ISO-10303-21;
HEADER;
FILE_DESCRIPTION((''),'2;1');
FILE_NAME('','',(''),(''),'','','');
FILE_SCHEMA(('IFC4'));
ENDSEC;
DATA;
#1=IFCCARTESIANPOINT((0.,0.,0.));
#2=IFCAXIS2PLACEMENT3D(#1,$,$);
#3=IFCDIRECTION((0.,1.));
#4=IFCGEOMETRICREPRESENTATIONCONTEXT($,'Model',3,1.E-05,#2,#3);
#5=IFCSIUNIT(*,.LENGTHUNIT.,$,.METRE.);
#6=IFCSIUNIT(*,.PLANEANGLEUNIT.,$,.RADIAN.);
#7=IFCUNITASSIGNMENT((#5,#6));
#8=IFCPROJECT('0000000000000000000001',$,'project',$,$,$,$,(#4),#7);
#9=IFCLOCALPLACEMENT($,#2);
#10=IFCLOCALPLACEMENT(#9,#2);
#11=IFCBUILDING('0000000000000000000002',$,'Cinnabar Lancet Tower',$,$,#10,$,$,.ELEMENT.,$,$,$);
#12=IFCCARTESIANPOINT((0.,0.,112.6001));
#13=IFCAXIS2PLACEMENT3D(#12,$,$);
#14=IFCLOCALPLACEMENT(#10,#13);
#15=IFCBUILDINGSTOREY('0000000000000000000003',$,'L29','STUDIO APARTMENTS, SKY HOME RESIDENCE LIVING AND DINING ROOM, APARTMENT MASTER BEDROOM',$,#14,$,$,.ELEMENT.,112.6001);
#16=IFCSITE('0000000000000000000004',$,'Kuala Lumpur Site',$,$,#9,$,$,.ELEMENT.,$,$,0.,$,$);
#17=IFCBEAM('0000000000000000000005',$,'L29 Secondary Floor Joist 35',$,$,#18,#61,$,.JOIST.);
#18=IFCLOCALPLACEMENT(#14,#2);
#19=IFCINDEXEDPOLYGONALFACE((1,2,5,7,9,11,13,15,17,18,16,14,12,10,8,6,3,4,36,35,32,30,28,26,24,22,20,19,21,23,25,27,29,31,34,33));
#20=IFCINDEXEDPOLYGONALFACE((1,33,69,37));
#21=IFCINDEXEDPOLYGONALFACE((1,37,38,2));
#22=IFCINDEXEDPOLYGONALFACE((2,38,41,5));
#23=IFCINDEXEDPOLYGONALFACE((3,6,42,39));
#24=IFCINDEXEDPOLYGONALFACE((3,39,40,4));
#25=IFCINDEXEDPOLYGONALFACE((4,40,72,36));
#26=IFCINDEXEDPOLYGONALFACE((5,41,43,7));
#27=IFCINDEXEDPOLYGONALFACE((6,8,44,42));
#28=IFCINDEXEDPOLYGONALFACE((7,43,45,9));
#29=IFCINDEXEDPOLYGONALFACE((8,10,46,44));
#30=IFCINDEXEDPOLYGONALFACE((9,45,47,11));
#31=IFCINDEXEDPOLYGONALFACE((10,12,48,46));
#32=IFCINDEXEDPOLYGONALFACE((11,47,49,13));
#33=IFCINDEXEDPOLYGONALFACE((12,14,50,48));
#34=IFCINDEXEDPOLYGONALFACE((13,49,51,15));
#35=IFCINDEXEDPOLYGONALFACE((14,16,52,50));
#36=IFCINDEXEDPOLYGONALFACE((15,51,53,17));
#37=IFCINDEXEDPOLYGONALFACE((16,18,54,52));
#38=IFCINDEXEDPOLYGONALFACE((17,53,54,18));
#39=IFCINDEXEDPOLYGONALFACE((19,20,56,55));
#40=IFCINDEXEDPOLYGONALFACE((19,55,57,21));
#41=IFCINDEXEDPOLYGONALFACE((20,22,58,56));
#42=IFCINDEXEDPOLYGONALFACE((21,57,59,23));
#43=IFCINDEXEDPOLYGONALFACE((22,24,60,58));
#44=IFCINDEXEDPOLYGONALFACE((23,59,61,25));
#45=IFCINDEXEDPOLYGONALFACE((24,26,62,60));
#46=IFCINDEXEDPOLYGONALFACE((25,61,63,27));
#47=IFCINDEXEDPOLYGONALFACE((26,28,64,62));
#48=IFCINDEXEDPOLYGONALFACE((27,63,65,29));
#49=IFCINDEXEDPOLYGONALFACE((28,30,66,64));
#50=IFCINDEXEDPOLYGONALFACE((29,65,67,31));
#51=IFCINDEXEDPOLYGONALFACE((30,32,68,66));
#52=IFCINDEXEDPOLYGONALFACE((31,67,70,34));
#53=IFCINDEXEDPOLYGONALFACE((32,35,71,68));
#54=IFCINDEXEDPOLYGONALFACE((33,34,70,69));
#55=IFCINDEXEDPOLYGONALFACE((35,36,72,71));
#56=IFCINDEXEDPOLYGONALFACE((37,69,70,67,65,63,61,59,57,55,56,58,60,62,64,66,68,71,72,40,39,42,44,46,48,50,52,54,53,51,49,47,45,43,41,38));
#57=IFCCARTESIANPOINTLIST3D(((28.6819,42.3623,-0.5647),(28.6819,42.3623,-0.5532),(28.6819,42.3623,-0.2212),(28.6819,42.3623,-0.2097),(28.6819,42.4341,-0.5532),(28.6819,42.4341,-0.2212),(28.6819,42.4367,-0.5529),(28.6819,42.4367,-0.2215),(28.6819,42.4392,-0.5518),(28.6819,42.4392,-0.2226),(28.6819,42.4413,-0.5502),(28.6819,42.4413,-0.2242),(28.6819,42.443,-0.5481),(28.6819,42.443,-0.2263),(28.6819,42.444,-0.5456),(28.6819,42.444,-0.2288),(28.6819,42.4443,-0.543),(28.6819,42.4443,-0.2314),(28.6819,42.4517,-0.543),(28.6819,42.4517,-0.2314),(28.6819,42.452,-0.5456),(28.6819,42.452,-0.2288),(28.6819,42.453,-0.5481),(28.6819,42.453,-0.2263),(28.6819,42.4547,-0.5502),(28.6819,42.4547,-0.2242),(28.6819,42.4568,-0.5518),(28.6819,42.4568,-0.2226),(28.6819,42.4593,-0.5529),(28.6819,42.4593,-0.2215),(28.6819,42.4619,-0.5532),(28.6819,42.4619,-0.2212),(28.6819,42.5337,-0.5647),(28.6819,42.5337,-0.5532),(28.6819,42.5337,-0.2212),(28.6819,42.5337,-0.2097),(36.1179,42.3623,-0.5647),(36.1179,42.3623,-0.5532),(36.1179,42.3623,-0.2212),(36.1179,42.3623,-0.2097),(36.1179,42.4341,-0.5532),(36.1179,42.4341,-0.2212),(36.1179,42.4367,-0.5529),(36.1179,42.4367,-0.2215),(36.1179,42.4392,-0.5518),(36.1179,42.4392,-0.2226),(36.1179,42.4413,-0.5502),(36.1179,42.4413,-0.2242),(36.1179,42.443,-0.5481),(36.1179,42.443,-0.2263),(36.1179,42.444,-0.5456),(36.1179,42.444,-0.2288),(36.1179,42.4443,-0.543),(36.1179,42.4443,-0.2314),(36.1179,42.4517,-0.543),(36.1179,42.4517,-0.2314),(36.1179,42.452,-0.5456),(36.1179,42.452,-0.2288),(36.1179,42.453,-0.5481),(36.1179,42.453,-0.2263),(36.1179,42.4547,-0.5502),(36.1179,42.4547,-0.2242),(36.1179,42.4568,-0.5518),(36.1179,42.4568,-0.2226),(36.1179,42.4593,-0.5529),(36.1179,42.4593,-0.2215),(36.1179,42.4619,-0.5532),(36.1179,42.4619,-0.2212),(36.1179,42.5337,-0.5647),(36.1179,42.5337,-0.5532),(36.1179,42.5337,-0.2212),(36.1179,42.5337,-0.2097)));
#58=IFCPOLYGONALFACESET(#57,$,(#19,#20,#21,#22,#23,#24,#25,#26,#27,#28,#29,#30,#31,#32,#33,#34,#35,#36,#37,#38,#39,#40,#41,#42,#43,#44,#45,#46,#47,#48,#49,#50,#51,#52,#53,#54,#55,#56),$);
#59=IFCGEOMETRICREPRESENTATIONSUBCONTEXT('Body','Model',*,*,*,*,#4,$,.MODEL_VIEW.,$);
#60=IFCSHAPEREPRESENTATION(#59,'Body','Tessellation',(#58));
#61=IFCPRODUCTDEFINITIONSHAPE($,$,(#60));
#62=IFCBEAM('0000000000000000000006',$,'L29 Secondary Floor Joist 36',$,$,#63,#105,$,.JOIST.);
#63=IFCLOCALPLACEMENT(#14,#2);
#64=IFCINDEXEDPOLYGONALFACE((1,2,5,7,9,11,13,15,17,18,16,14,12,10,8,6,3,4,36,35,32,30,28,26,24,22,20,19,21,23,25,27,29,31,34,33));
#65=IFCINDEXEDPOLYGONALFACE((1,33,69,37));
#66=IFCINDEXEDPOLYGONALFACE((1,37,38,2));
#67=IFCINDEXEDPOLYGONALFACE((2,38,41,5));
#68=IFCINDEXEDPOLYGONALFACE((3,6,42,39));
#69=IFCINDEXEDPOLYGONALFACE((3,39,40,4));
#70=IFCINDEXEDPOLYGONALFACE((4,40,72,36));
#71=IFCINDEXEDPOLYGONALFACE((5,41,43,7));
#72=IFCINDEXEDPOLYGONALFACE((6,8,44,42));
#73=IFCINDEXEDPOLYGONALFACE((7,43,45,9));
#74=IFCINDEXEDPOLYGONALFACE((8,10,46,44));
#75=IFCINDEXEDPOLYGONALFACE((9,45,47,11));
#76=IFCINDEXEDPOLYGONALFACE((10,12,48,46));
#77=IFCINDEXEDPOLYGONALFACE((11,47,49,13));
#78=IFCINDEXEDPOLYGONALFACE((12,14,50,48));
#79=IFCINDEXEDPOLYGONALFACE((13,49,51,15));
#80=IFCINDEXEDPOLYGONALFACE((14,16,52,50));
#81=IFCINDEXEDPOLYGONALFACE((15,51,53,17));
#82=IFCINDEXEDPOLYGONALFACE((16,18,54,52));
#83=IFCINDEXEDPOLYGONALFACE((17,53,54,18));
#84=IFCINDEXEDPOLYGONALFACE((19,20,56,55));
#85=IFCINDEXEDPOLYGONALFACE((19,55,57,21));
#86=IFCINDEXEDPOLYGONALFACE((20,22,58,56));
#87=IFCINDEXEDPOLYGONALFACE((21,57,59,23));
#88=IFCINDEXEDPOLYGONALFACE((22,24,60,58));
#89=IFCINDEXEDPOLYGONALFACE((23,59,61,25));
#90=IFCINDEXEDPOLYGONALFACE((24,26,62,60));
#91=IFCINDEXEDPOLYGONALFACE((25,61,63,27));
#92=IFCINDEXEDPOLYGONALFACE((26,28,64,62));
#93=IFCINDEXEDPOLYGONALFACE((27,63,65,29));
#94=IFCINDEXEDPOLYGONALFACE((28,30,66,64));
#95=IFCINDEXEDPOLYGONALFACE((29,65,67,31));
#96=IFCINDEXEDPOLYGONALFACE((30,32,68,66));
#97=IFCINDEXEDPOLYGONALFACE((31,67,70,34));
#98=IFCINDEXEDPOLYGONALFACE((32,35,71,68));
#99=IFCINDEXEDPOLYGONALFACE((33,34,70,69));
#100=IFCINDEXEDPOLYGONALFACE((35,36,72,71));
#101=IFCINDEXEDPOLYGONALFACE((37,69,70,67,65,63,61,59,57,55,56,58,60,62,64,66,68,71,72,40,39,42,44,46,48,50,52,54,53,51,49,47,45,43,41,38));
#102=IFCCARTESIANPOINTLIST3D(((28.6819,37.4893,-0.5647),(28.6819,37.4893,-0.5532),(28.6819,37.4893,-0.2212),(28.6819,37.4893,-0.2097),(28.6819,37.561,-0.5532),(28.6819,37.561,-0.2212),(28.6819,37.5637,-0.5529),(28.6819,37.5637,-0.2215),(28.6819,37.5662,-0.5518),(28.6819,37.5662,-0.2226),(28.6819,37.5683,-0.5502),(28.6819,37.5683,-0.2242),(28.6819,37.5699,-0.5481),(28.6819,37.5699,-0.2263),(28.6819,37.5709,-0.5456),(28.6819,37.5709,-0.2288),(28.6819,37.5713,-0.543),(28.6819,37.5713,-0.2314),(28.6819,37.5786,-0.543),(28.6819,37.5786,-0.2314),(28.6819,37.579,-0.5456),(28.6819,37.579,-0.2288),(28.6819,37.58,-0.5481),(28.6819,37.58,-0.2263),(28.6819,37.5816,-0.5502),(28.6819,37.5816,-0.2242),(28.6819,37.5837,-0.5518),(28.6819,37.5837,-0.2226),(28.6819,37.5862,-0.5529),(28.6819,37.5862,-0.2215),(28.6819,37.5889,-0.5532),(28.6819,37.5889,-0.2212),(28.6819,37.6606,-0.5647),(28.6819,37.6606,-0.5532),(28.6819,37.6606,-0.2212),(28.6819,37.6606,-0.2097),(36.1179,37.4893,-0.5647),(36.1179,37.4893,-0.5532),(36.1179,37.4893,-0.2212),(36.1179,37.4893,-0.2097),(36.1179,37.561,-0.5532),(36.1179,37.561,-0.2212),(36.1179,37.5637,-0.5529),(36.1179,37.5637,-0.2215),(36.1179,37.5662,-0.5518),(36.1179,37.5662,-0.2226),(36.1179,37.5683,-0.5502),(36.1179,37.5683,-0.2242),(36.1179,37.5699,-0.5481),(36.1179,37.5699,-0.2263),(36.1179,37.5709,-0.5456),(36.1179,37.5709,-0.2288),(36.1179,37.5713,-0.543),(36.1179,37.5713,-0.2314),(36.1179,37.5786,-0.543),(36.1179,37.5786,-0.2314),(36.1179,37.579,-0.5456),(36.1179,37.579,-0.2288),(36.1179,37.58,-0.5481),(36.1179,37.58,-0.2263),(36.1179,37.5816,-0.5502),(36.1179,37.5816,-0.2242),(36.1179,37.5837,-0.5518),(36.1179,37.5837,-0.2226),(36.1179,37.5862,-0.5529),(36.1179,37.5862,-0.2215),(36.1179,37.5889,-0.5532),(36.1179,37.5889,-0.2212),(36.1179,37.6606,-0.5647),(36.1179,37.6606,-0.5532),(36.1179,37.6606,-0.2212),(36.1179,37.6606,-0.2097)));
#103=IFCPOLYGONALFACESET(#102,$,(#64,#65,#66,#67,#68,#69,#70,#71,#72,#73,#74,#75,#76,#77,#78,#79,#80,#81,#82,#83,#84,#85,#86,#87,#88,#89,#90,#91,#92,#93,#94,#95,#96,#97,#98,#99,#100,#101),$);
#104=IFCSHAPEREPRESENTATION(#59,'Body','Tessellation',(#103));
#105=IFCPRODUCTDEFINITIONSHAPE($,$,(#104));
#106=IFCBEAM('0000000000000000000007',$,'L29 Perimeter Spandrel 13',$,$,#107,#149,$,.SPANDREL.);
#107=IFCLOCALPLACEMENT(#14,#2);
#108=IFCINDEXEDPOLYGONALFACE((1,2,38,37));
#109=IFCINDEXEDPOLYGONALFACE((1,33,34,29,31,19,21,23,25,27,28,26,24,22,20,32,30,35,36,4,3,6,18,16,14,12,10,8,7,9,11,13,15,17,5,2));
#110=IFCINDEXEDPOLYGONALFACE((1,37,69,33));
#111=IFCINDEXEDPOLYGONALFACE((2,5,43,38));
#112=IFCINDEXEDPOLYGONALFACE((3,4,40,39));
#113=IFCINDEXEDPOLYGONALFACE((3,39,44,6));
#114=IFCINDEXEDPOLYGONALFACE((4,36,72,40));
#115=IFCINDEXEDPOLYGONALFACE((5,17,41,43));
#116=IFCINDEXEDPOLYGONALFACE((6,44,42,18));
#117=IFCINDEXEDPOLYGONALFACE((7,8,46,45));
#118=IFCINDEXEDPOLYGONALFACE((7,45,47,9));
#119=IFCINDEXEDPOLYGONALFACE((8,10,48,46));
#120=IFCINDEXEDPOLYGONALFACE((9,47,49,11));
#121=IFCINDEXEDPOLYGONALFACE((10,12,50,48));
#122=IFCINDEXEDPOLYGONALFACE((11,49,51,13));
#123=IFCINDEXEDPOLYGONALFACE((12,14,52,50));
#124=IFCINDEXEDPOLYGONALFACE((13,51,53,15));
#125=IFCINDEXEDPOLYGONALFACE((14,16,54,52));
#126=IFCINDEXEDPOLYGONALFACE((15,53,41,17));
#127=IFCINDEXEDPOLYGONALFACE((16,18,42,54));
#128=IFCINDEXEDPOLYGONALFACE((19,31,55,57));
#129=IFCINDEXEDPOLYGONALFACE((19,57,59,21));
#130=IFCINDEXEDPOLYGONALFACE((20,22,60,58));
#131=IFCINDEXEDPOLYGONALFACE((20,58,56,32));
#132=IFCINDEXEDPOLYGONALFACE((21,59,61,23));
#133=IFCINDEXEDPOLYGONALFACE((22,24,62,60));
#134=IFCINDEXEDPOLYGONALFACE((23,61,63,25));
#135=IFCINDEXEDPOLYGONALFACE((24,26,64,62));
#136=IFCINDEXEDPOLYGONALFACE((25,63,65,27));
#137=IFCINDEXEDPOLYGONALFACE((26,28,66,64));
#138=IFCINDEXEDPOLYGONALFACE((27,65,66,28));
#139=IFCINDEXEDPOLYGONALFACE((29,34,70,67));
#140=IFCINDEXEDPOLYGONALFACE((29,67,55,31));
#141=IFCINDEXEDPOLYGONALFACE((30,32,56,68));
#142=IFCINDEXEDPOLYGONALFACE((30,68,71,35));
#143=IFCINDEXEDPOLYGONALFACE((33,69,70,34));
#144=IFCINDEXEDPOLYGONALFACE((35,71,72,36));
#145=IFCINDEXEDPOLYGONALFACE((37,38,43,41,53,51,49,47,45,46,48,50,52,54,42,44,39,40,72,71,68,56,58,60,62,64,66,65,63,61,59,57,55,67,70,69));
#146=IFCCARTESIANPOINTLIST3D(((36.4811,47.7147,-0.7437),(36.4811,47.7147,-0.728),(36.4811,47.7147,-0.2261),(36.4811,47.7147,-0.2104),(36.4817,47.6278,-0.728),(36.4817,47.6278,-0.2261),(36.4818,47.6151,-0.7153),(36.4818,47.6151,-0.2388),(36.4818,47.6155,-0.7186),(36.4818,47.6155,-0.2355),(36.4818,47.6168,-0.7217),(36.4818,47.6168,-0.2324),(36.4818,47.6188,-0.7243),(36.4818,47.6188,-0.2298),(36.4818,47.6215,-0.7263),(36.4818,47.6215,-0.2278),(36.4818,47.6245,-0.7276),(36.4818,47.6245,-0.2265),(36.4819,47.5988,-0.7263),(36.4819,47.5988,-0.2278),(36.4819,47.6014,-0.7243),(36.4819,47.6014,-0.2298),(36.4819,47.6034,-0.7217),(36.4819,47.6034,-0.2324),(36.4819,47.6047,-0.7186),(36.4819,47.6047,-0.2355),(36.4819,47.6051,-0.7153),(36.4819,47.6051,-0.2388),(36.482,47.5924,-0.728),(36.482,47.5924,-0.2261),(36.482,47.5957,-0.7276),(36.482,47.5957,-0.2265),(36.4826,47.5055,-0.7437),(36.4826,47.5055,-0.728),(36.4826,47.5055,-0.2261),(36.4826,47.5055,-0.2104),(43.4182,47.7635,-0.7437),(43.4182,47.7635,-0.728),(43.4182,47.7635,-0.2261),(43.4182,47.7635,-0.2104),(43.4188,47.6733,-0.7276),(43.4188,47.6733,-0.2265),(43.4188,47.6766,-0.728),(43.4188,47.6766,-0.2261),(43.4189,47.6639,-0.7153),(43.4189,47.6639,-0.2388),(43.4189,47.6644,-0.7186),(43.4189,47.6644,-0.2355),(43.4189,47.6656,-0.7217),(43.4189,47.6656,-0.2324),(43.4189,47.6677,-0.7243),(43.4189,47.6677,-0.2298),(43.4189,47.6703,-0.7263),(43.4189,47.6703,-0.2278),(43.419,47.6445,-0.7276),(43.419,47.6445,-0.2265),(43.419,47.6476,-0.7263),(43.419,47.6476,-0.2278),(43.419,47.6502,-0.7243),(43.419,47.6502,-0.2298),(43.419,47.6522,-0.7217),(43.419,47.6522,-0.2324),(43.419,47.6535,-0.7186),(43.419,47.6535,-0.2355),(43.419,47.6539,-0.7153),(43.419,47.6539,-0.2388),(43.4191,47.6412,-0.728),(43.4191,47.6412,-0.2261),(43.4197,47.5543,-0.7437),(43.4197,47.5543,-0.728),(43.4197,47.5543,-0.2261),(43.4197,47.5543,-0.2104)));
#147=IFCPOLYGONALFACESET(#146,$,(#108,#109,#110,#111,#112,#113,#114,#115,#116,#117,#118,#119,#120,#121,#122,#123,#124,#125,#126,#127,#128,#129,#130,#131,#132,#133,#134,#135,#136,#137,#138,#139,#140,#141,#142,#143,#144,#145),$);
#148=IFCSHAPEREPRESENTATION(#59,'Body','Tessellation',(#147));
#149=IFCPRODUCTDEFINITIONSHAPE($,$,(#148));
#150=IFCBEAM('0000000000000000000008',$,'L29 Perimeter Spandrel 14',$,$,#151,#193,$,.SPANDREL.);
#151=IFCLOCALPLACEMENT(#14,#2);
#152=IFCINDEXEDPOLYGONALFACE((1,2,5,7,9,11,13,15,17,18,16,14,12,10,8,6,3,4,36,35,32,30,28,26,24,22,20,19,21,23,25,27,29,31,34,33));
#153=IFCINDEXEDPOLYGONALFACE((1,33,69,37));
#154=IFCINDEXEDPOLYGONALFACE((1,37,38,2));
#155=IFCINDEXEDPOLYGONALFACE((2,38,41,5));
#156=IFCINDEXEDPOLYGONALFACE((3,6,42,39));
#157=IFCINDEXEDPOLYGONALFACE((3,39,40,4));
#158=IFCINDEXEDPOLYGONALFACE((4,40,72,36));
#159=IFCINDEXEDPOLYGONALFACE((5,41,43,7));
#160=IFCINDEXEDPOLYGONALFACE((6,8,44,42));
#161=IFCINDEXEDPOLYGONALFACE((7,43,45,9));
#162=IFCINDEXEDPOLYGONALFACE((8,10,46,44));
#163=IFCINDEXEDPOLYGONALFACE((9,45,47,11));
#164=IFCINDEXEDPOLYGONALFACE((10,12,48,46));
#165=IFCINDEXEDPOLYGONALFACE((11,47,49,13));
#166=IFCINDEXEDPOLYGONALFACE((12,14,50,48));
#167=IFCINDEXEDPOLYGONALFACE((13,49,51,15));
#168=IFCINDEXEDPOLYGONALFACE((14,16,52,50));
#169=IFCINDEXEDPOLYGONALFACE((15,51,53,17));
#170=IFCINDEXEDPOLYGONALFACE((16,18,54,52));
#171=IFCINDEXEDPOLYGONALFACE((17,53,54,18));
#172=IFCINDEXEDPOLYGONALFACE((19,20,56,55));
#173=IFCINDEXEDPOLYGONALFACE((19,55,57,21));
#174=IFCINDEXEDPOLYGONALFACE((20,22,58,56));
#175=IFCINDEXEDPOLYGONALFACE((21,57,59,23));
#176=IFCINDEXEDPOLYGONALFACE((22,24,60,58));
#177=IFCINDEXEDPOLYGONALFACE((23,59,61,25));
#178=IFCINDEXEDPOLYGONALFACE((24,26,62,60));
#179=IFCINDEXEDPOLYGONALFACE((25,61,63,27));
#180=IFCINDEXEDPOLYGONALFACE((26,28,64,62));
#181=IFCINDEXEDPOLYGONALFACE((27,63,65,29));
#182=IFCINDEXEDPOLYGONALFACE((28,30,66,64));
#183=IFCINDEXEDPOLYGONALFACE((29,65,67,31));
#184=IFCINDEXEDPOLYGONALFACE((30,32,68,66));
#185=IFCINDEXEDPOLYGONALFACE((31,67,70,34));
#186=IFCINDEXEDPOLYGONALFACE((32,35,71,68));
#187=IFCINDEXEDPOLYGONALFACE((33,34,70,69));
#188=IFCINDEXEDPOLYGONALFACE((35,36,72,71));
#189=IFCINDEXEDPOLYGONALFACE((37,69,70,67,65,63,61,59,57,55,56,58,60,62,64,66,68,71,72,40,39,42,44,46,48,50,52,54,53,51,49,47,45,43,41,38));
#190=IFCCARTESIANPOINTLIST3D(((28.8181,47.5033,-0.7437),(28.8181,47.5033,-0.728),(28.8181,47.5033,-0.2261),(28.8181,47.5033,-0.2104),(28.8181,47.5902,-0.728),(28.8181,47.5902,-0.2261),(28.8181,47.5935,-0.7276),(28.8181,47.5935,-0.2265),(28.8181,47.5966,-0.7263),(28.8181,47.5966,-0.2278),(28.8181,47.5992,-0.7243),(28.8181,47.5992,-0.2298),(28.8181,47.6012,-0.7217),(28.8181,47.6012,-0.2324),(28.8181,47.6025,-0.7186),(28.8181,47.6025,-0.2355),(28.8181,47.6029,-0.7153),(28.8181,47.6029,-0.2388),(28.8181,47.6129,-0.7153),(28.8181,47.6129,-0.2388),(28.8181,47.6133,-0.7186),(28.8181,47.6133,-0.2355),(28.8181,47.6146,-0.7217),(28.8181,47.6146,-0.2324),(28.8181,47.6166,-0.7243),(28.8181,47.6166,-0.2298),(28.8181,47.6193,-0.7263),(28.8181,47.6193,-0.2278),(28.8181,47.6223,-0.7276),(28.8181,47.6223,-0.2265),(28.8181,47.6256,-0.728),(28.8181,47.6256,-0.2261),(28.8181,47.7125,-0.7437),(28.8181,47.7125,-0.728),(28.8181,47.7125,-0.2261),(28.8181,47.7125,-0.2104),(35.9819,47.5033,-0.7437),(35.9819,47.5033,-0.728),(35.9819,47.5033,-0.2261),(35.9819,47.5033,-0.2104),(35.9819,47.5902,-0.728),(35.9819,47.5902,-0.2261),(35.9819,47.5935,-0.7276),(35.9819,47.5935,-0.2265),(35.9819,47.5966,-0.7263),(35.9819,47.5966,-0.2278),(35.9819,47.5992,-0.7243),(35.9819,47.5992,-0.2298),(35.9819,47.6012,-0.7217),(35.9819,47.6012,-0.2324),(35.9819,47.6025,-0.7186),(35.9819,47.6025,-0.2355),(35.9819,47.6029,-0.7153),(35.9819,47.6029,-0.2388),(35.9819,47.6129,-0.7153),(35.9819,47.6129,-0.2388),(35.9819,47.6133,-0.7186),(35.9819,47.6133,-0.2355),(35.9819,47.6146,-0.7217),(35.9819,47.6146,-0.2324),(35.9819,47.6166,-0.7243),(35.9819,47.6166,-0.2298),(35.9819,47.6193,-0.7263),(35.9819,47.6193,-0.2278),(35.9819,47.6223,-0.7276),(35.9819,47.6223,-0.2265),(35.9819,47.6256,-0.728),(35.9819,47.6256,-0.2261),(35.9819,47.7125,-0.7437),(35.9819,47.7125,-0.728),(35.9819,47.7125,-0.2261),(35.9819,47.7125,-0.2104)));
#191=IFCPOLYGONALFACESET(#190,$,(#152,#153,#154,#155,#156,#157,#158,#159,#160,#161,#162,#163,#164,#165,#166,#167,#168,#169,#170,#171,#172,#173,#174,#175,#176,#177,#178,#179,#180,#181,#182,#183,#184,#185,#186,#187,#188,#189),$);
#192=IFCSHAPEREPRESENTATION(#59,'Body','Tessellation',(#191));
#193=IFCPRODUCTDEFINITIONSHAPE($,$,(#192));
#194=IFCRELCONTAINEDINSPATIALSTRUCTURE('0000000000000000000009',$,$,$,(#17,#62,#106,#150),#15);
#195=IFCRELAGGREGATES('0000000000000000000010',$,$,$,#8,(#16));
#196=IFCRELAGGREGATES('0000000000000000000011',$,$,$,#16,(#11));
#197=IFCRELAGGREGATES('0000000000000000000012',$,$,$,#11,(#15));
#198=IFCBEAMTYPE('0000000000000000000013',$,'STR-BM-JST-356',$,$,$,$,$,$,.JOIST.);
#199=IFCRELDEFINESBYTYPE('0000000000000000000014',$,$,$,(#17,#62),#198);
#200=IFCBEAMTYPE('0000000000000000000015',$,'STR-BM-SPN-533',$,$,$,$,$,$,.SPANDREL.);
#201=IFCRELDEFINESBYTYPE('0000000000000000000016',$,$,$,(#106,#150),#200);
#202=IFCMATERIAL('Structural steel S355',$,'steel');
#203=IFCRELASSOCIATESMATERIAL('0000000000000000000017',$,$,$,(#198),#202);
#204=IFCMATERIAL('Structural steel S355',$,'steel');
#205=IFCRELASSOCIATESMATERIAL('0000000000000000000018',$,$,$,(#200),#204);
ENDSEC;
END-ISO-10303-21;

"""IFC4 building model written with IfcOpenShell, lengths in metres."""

from ifc_helpers import new_model, si_unit, direction, frame, origin, origin_2d, place, context, subcontext, project, spatial, i_section, extrude, material, material_profile, profile_set, type_object, element, save


model = new_model("IFC4")

# Units and contexts
model_context = context("Model", 3, precision=1e-05, world=origin(), true_north=direction((0.0, 1.0)))
body_context = subcontext(model_context, "Body", "Model", "MODEL_VIEW")
ifc_project = project(units=[si_unit("LENGTHUNIT", "METRE"), si_unit("PLANEANGLEUNIT", "RADIAN")], contexts=[model_context])

# Site, building, storey
site_placement = place(None, origin())
site = spatial("IfcSite", under=ifc_project, at=site_placement, Name="Kuala Lumpur Site", CompositionType="ELEMENT", RefElevation=0.0)
building_placement = place(site_placement, origin())
building = spatial("IfcBuilding", under=site, at=building_placement, Name="Cinnabar Lancet Tower", CompositionType="ELEMENT")
storey_placement = place(building_placement, frame((0.0, 0.0, 112.6001)))
storey = spatial("IfcBuildingStorey", under=building, at=storey_placement, Name="L29", Description="STUDIO APARTMENTS, SKY HOME RESIDENCE LIVING AND DINING ROOM, APARTMENT MASTER BEDROOM", CompositionType="ELEMENT", Elevation=112.6001)

# Beams
ifc_material_1 = material(Name="Structural steel S355", Category="steel")
ifc_material_profile_1 = material_profile(ifc_material_1, i_section(OverallWidth=0.1714, OverallDepth=0.355, WebThickness=0.0073, FlangeThickness=0.0115, FilletRadius=0.0103, at=origin_2d()), Name="UKB 356x171x51")
ifc_profile_set_1 = profile_set([ifc_material_profile_1], Name="Structural steel S355")
beam_type_1 = type_object("IfcBeamType", Name="STR-BM-JST-356", PredefinedType="JOIST", material=ifc_profile_set_1)
for number, where, z_axis, x_axis, name in (
    (1, (36.1179, 42.448, -0.3872), (-1.0, 0.0, 0.0), (0.0, -1.0, 0.0), "L29 Secondary Floor Joist 35"),
    (2, (36.1179, 37.575, -0.3872), (-1.0, 0.0, 0.0), (0.0, -1.0, 0.0), "L29 Secondary Floor Joist 36"),
):
    element("IfcBeam", number, at=place(storey_placement, frame(where, z_axis=z_axis, x_axis=x_axis)), inside=storey, type_object=beam_type_1, Name=name, PredefinedType="JOIST", context=body_context, shape_type="SweptSolid", body=[
        extrude(i_section(OverallWidth=0.1714, OverallDepth=0.355, WebThickness=0.0073, FlangeThickness=0.0115, FilletRadius=0.0103, at=origin_2d()), origin(), (0.0, 0.0, 1.0), 7.436),
    ])
ifc_material_2 = material(Name="Structural steel S355", Category="steel")
ifc_material_profile_2 = material_profile(ifc_material_2, i_section(OverallWidth=0.2092, OverallDepth=0.5332, WebThickness=0.01, FlangeThickness=0.0156, FilletRadius=0.0127, at=origin_2d()), Name="UKB 533x210x92")
ifc_profile_set_2 = profile_set([ifc_material_profile_2], Name="Structural steel S355")
beam_type_2 = type_object("IfcBeamType", Name="STR-BM-SPN-533", PredefinedType="SPANDREL", material=ifc_profile_set_2)
beam_1_placement = place(storey_placement, frame((43.4189, 47.6589, -0.4771), z_axis=(-0.999975, -0.007039, 0.0), x_axis=(0.007039, -0.999975, 0.0)))
element("IfcBeam", 3, at=beam_1_placement, inside=storey, type_object=beam_type_2, Name="L29 Perimeter Spandrel 13", PredefinedType="SPANDREL", context=body_context, shape_type="SweptSolid", body=[
    extrude(i_section(OverallWidth=0.2092, OverallDepth=0.5332, WebThickness=0.01, FlangeThickness=0.0156, FilletRadius=0.0127, at=origin_2d()), origin(), (0.0, 0.0, 1.0), 6.9373),
])
beam_2_placement = place(storey_placement, frame((35.9819, 47.6079, -0.4771), z_axis=(-1.0, 0.0, 0.0), x_axis=(0.0, -1.0, 0.0)))
element("IfcBeam", 4, at=beam_2_placement, inside=storey, type_object=beam_type_2, Name="L29 Perimeter Spandrel 14", PredefinedType="SPANDREL", context=body_context, shape_type="SweptSolid", body=[
    extrude(i_section(OverallWidth=0.2092, OverallDepth=0.5332, WebThickness=0.01, FlangeThickness=0.0156, FilletRadius=0.0127, at=origin_2d()), origin(), (0.0, 0.0, 1.0), 7.1638),
])

save(model, "model.ifc")
